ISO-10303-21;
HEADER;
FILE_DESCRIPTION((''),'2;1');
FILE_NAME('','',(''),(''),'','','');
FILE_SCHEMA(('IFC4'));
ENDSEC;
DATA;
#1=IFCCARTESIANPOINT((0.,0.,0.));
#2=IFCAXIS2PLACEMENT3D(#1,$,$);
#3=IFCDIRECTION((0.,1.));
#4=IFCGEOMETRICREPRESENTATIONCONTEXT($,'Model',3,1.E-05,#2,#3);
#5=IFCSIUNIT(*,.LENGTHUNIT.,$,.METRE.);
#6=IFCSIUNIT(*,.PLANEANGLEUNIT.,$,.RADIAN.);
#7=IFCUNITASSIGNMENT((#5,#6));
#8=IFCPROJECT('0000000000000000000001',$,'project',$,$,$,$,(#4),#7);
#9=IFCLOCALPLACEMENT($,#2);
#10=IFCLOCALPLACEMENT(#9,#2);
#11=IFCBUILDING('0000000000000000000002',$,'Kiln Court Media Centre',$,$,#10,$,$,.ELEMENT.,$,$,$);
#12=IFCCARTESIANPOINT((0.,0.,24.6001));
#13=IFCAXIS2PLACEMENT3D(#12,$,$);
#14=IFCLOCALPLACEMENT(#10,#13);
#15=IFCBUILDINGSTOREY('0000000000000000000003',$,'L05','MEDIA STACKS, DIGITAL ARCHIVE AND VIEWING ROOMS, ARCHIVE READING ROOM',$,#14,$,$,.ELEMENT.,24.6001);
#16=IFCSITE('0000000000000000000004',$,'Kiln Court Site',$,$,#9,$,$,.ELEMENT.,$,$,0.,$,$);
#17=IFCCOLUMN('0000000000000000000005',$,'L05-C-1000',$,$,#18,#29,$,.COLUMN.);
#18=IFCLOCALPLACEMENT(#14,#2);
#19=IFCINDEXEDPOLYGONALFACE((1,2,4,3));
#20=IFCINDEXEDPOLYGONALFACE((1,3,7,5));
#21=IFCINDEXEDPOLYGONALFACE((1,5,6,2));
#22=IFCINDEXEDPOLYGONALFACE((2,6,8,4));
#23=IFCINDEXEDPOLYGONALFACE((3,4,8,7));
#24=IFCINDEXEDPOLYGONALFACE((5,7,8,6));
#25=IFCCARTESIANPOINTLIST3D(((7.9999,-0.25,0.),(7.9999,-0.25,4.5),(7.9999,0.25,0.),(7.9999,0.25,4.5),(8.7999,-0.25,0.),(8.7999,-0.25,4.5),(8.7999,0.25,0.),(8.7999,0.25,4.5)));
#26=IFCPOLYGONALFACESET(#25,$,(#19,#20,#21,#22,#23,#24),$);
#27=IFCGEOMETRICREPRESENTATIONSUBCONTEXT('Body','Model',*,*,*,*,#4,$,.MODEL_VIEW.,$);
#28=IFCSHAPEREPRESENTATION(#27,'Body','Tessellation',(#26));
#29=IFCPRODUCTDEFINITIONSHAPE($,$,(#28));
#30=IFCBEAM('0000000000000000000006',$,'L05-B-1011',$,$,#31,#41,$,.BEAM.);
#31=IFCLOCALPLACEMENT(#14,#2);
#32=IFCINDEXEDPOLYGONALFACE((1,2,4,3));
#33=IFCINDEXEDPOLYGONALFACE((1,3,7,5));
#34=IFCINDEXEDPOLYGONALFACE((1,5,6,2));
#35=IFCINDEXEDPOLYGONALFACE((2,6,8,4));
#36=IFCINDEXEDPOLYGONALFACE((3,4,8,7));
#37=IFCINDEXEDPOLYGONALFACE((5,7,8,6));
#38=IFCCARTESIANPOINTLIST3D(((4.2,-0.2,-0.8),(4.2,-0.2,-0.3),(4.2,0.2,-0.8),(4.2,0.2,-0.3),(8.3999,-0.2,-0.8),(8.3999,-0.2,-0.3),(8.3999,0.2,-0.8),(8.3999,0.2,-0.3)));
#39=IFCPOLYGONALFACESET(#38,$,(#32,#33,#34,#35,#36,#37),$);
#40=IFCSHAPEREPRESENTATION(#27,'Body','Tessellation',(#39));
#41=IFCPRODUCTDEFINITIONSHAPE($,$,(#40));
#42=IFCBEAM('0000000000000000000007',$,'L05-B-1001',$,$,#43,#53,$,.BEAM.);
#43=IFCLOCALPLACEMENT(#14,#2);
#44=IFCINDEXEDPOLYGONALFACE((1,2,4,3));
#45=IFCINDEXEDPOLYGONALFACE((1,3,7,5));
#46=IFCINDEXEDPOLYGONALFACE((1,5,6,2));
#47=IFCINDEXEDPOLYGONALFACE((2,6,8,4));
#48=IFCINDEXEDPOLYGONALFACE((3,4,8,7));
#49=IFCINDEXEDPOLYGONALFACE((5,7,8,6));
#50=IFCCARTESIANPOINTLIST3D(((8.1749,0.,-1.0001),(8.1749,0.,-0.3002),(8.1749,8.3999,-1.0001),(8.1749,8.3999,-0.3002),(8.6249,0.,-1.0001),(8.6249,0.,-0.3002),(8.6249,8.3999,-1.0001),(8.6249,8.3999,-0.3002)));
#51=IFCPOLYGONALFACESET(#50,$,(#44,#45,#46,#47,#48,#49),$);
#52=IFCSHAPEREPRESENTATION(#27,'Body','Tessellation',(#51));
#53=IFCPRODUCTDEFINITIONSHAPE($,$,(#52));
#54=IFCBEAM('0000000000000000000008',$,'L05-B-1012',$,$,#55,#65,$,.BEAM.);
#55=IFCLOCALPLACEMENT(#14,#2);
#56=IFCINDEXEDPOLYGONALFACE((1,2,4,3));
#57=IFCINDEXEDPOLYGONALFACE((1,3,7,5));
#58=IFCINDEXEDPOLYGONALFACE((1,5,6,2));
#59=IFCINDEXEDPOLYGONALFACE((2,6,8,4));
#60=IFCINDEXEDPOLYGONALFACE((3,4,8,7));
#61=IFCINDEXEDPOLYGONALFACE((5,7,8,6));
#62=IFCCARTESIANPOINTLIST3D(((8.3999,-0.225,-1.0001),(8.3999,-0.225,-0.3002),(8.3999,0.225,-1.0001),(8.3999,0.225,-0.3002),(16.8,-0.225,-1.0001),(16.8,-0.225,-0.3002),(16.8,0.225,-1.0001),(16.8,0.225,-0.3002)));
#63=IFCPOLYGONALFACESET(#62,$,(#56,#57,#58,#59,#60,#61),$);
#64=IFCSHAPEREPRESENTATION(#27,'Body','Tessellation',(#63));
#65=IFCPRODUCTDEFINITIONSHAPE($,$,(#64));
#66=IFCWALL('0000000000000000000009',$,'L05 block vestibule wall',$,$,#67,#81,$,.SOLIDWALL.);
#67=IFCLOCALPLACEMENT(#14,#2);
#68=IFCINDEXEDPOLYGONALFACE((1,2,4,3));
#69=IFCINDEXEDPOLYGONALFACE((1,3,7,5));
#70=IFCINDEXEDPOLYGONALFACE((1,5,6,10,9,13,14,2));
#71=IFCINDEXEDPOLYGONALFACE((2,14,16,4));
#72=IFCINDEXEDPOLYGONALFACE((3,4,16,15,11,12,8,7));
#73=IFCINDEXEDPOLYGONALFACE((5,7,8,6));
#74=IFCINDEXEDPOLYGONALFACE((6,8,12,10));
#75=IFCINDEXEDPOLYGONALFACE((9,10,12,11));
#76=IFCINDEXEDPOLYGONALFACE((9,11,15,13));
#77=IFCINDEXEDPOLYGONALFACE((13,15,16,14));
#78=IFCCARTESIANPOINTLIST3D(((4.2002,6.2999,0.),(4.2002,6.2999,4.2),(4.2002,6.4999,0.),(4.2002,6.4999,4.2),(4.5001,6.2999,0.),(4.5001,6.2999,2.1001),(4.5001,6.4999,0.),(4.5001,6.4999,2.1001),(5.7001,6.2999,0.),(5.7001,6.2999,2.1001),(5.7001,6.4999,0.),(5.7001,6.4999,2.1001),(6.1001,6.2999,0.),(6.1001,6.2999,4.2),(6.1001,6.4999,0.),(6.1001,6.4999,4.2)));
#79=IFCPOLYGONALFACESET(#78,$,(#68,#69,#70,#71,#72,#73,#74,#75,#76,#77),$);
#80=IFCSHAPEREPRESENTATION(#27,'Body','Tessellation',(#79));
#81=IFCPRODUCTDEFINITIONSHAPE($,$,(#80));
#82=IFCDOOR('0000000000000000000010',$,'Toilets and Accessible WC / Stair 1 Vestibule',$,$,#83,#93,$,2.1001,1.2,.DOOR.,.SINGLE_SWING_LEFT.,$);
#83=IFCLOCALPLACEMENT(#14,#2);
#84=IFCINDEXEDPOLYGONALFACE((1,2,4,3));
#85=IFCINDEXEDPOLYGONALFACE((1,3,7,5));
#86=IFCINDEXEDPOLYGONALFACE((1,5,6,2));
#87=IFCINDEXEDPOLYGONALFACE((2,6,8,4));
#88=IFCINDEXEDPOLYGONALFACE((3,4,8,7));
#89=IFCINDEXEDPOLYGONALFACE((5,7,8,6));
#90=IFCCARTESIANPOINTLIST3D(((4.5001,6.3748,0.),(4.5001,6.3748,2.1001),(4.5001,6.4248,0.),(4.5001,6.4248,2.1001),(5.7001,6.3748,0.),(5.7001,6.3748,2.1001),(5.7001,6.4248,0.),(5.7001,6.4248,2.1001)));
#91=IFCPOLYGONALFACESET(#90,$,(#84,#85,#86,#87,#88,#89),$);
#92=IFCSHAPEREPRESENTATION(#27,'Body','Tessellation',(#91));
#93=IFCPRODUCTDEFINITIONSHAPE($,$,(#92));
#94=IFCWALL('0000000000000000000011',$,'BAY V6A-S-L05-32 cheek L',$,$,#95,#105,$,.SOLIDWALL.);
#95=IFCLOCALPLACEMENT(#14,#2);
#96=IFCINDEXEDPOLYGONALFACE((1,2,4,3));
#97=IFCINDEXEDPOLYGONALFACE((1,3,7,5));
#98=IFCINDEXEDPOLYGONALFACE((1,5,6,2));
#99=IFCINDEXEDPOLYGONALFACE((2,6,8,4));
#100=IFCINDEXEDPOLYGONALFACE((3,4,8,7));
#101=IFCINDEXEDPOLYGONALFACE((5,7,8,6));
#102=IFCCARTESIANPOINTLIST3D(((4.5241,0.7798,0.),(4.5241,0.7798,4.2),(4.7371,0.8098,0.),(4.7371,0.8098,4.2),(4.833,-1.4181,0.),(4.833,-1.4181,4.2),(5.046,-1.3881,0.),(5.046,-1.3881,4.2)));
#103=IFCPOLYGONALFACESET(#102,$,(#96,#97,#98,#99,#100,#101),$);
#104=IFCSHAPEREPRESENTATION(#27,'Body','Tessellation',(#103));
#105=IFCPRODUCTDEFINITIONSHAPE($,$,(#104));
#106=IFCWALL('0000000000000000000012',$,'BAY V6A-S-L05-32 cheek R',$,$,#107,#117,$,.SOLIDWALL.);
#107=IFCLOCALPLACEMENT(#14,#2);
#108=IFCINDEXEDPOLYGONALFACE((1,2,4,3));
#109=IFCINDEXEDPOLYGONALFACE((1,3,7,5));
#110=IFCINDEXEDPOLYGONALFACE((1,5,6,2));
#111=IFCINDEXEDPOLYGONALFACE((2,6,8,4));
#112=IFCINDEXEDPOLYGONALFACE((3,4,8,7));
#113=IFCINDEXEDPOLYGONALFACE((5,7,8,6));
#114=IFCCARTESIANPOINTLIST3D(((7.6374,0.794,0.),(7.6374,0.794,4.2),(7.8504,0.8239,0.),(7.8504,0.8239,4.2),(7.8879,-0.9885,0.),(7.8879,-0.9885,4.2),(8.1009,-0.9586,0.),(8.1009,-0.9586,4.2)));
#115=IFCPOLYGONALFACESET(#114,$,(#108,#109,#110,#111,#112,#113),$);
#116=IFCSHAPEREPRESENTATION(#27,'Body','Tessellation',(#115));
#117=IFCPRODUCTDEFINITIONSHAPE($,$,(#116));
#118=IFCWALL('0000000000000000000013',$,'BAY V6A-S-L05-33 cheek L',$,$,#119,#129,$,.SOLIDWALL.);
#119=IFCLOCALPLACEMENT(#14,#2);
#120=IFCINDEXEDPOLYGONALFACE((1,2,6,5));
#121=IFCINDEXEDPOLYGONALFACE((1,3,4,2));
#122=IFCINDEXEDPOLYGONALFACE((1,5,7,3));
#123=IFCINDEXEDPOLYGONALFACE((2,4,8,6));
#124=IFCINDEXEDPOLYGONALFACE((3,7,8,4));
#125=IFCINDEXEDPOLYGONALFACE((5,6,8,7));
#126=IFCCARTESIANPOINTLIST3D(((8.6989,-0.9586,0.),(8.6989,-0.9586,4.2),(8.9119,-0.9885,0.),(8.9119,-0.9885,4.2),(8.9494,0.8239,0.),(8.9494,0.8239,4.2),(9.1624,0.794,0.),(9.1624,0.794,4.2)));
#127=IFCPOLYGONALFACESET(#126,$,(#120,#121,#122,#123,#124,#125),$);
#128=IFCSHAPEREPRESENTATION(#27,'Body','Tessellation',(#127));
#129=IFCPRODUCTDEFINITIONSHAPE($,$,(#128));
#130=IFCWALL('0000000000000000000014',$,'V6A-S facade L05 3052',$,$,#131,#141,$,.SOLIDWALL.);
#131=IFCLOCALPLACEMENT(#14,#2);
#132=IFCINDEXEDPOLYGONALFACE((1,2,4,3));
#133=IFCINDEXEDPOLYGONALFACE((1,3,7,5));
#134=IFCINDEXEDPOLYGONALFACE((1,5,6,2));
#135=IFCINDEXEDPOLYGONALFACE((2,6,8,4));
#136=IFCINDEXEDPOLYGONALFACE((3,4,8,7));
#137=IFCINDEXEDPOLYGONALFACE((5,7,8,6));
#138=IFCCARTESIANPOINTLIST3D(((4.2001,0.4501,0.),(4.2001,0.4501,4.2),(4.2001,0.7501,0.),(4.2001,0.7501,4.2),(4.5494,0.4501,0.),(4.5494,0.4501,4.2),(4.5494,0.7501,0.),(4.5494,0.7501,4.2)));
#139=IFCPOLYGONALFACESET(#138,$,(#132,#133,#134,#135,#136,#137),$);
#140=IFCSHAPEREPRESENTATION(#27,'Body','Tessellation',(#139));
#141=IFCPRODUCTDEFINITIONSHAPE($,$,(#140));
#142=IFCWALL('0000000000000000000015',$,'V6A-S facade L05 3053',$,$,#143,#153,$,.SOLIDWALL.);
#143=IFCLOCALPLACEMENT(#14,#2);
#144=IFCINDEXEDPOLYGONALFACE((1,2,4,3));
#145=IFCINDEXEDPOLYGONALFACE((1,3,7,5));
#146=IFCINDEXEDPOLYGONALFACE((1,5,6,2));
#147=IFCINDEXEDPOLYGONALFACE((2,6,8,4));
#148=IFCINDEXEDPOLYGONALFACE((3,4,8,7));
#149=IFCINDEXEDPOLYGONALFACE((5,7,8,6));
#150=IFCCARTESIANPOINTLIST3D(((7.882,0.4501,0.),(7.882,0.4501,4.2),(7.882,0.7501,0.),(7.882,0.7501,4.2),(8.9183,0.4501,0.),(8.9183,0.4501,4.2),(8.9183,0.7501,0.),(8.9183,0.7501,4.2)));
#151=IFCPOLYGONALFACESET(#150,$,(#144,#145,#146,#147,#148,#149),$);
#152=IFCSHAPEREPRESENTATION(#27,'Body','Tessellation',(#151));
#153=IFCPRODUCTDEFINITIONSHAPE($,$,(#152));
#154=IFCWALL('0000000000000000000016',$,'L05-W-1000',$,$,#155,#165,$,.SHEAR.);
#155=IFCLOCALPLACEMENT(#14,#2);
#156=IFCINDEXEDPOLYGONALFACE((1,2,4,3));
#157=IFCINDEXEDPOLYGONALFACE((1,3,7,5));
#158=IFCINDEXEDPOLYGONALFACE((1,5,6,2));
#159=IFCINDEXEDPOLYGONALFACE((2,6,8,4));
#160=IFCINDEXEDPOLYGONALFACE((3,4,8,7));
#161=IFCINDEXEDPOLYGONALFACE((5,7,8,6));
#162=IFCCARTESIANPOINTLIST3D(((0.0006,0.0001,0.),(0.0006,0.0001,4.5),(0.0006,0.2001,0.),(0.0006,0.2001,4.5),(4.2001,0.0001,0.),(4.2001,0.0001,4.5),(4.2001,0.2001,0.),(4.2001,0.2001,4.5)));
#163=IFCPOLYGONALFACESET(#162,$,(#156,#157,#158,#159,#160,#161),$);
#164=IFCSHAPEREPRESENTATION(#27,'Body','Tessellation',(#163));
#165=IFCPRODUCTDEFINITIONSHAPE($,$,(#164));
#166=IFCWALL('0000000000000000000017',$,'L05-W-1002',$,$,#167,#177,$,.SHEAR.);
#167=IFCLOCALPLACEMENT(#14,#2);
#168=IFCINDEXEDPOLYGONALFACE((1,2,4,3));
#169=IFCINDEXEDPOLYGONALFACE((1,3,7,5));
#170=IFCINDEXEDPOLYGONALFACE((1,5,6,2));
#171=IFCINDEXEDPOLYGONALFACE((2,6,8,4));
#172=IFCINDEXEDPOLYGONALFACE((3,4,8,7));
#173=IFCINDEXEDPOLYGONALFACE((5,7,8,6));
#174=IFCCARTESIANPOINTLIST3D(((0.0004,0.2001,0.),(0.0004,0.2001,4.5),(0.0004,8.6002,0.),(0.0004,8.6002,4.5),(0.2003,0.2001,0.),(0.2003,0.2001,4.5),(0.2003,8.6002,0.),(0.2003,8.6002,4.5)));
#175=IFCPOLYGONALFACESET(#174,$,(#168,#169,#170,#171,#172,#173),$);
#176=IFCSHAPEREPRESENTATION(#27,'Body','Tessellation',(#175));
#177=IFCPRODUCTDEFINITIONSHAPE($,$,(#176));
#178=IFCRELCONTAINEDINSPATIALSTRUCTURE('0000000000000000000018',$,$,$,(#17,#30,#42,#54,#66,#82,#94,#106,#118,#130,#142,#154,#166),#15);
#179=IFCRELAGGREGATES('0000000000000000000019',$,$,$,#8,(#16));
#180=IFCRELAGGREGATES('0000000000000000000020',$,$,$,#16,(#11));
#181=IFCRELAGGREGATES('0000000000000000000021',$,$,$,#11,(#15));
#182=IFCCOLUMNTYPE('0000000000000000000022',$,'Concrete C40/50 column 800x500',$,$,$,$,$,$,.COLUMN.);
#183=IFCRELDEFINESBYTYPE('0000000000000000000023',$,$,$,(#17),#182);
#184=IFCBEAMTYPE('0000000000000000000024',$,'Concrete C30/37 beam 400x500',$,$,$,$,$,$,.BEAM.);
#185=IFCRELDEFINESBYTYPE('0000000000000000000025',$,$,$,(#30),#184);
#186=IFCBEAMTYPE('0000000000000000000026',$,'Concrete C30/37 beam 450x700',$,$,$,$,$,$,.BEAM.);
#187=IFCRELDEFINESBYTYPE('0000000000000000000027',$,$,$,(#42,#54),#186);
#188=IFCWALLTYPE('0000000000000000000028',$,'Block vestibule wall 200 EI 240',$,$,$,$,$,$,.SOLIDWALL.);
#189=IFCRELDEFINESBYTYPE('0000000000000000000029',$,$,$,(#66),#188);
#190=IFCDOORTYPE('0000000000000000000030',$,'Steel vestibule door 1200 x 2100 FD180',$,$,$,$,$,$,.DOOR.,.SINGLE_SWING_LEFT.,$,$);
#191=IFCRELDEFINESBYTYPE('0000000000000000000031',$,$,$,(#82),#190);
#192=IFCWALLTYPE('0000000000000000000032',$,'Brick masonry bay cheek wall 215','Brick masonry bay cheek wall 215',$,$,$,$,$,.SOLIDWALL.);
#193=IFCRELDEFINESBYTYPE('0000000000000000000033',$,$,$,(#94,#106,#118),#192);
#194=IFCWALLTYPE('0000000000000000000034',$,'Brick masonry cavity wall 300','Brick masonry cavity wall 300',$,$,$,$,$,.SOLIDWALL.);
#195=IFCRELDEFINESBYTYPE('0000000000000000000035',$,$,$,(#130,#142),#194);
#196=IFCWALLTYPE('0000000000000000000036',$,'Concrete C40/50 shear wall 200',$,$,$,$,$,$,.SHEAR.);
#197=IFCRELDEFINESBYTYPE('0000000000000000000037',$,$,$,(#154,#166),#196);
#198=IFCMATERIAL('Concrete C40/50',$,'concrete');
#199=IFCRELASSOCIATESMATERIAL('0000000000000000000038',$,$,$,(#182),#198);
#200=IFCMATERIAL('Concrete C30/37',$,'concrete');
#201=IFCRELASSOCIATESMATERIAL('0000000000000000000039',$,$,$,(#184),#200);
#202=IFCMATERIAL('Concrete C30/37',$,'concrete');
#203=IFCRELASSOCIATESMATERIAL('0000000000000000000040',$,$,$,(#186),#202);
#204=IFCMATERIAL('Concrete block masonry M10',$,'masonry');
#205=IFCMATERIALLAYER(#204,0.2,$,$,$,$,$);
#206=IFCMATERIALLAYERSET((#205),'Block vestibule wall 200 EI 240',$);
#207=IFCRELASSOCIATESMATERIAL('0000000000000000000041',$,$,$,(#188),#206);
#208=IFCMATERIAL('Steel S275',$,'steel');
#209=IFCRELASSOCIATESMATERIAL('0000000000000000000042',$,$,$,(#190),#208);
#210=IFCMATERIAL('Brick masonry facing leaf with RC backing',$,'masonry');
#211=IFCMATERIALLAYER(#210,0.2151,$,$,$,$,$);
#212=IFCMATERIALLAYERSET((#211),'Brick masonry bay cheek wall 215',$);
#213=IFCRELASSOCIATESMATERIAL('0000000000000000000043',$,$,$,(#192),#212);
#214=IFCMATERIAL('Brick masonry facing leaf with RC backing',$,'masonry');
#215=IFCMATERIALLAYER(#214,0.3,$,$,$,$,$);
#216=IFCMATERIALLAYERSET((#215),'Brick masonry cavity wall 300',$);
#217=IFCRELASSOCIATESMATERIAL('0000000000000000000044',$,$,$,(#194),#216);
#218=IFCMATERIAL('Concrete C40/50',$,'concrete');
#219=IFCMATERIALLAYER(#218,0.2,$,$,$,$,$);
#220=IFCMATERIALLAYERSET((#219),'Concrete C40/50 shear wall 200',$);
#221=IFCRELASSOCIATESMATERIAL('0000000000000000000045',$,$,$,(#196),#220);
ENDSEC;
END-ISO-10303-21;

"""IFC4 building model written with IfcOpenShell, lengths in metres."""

from ifc_helpers import new_model, si_unit, direction, frame, frame_2d, origin, origin_2d, place, context, subcontext, project, spatial, rectangle, extrude, material, layer, layer_set, material_profile, profile_set, type_object, element, fill, save


model = new_model("IFC4")

# Units and contexts
model_context = context("Model", 3, precision=1e-05, world=origin(), true_north=direction((0.0, 1.0)))
body_context = subcontext(model_context, "Body", "Model", "MODEL_VIEW")
ifc_project = project(units=[si_unit("LENGTHUNIT", "METRE"), si_unit("PLANEANGLEUNIT", "RADIAN")], contexts=[model_context])

# Site, building, storey
site_placement = place(None, origin())
site = spatial("IfcSite", under=ifc_project, at=site_placement, Name="Kiln Court Site", CompositionType="ELEMENT", RefElevation=0.0)
building_placement = place(site_placement, origin())
building = spatial("IfcBuilding", under=site, at=building_placement, Name="Kiln Court Media Centre", CompositionType="ELEMENT")
storey_placement = place(building_placement, frame((0.0, 0.0, 24.6001)))
storey = spatial("IfcBuildingStorey", under=building, at=storey_placement, Name="L05", Description="MEDIA STACKS, DIGITAL ARCHIVE AND VIEWING ROOMS, ARCHIVE READING ROOM", CompositionType="ELEMENT", Elevation=24.6001)

# Column
ifc_material_1 = material(Name="Concrete C40/50", Category="concrete")
ifc_material_profile_1 = material_profile(ifc_material_1, rectangle(XDim=0.8, YDim=0.5, at=origin_2d()), Name="RC 800x500")
ifc_profile_set_1 = profile_set([ifc_material_profile_1], Name="Concrete C40/50")
column_type = type_object("IfcColumnType", Name="Concrete C40/50 column 800x500", PredefinedType="COLUMN", material=ifc_profile_set_1)
column_placement = place(storey_placement, frame((8.3999, 0.0, 0.0), z_axis=(0.0, 0.0, 1.0), x_axis=(1.0, 0.0, 0.0)))
element("IfcColumn", 1, at=column_placement, inside=storey, type_object=column_type, Name="L05-C-1000", PredefinedType="COLUMN", context=body_context, shape_type="SweptSolid", body=[
    extrude(rectangle(XDim=0.8, YDim=0.5, at=origin_2d()), origin(), (0.0, 0.0, 1.0), 4.5),
])

# Beams
ifc_material_2 = material(Name="Concrete C30/37", Category="concrete")
ifc_material_profile_2 = material_profile(ifc_material_2, rectangle(XDim=0.3999, YDim=0.5, at=origin_2d()), Name="RC 400x500")
ifc_profile_set_2 = profile_set([ifc_material_profile_2], Name="Concrete C30/37")
beam_type_1 = type_object("IfcBeamType", Name="Concrete C30/37 beam 400x500", PredefinedType="BEAM", material=ifc_profile_set_2)
beam_1_placement = place(storey_placement, frame((4.2, 0.0, -0.55), z_axis=(1.0, 0.0, 0.0), x_axis=(0.0, 1.0, 0.0)))
element("IfcBeam", 2, at=beam_1_placement, inside=storey, type_object=beam_type_1, Name="L05-B-1011", PredefinedType="BEAM", context=body_context, shape_type="SweptSolid", body=[
    extrude(rectangle(XDim=0.3999, YDim=0.5, at=origin_2d()), origin(), (0.0, 0.0, 1.0), 4.2),
])
ifc_material_3 = material(Name="Concrete C30/37", Category="concrete")
ifc_material_profile_3 = material_profile(ifc_material_3, rectangle(XDim=0.45, YDim=0.7, at=origin_2d()), Name="RC 450x700")
ifc_profile_set_3 = profile_set([ifc_material_profile_3], Name="Concrete C30/37")
beam_type_2 = type_object("IfcBeamType", Name="Concrete C30/37 beam 450x700", PredefinedType="BEAM", material=ifc_profile_set_3)
beam_2_placement = place(storey_placement, frame((8.3999, 0.0, -0.6501), z_axis=(0.0, 1.0, 0.0), x_axis=(-1.0, 0.0, 0.0)))
element("IfcBeam", 3, at=beam_2_placement, inside=storey, type_object=beam_type_2, Name="L05-B-1001", PredefinedType="BEAM", context=body_context, shape_type="SweptSolid", body=[
    extrude(rectangle(XDim=0.45, YDim=0.7, at=origin_2d()), origin(), (0.0, 0.0, 1.0), 8.3999),
])
beam_3_placement = place(storey_placement, frame((8.3999, 0.0, -0.6501), z_axis=(1.0, 0.0, 0.0), x_axis=(0.0, 1.0, 0.0)))
element("IfcBeam", 4, at=beam_3_placement, inside=storey, type_object=beam_type_2, Name="L05-B-1012", PredefinedType="BEAM", context=body_context, shape_type="SweptSolid", body=[
    extrude(rectangle(XDim=0.45, YDim=0.7, at=origin_2d()), origin(), (0.0, 0.0, 1.0), 8.4001),
])

# Wall, opening, door
ifc_material_4 = material(Name="Concrete block masonry M10", Category="masonry")
ifc_layer_1 = layer(ifc_material_4, 0.2)
ifc_layer_set_1 = layer_set([ifc_layer_1], Name="Block vestibule wall 200 EI 240")
wall_type_1 = type_object("IfcWallType", Name="Block vestibule wall 200 EI 240", PredefinedType="SOLIDWALL", material=ifc_layer_set_1)
wall_1_placement = place(storey_placement, frame((4.2002, 6.3999, 0.0), z_axis=(0.0, 0.0, 1.0), x_axis=(1.0, 0.0, 0.0)))
wall_1 = element("IfcWall", 5, at=wall_1_placement, inside=storey, type_object=wall_type_1, Name="L05 block vestibule wall", PredefinedType="SOLIDWALL", context=body_context, shape_type="SweptSolid", body=[
    extrude(rectangle(XDim=1.8999, YDim=0.2, at=frame_2d((0.95, 0.0))), origin(), (0.0, 0.0, 1.0), 4.2),
])
opening_placement = place(wall_1_placement, frame((0.2998, 0.0, 0.0)))
opening = element("IfcOpeningElement", 6, at=opening_placement, cuts=wall_1, PredefinedType="OPENING", context=body_context, shape_type="SweptSolid", body=[
    extrude(rectangle(XDim=1.2, YDim=2.1001, at=frame_2d((0.6001, 1.05))), frame((0.0, 0.1099, 0.0), z_axis=(0.0, -1.0, 0.0), x_axis=(1.0, 0.0, 0.0)), (0.0, 0.0, 1.0), 0.22),
])
ifc_material_5 = material(Name="Steel S275", Category="steel")
door_type = type_object("IfcDoorType", Name="Steel vestibule door 1200 x 2100 FD180", OperationType="SINGLE_SWING_LEFT", PredefinedType="DOOR", material=ifc_material_5)
door_placement = place(opening_placement, origin())
door = element("IfcDoor", 7, at=door_placement, inside=storey, type_object=door_type, Name="Toilets and Accessible WC / Stair 1 Vestibule", OperationType="SINGLE_SWING_LEFT", OverallHeight=2.1001, OverallWidth=1.2, PredefinedType="DOOR", context=body_context, shape_type="SweptSolid", body=[
    extrude(rectangle(XDim=1.2, YDim=2.1001, at=frame_2d((0.6001, 1.05))), frame((0.0, 0.0249, 0.0), z_axis=(0.0, -1.0, 0.0), x_axis=(1.0, 0.0, 0.0)), (0.0, 0.0, 1.0), 0.05),
])
fill(opening, door)

# Walls
ifc_material_6 = material(Name="Brick masonry facing leaf with RC backing", Category="masonry")
ifc_layer_2 = layer(ifc_material_6, 0.2151)
ifc_layer_set_2 = layer_set([ifc_layer_2], Name="Brick masonry bay cheek wall 215")
wall_type_2 = type_object("IfcWallType", Name="Brick masonry bay cheek wall 215", Description="Brick masonry bay cheek wall 215", PredefinedType="SOLIDWALL", material=ifc_layer_set_2)
wall_2_placement = place(storey_placement, frame((4.6306, 0.7949, 0.0), z_axis=(0.0, 0.0, 1.0), x_axis=(0.139142, -0.990272, 0.0)))
element("IfcWall", 8, at=wall_2_placement, inside=storey, type_object=wall_type_2, Name="BAY V6A-S-L05-32 cheek L", PredefinedType="SOLIDWALL", context=body_context, shape_type="SweptSolid", body=[
    extrude(rectangle(XDim=2.2195, YDim=0.2151, at=frame_2d((1.1099, 0.0))), origin(), (0.0, 0.0, 1.0), 4.2),
])
for number, where, z_axis, x_axis, name in (
    (9, (7.7439, 0.8088, 0.0), (0.0, 0.0, 1.0), (0.139161, -0.99027, 0.0), "BAY V6A-S-L05-32 cheek R"),
    (10, (9.0559, 0.8088, 0.0), (0.0, 0.0, 1.0), (-0.139161, -0.99027, 0.0), "BAY V6A-S-L05-33 cheek L"),
):
    element("IfcWall", number, at=place(storey_placement, frame(where, z_axis=z_axis, x_axis=x_axis)), inside=storey, type_object=wall_type_2, Name=name, PredefinedType="SOLIDWALL", context=body_context, shape_type="SweptSolid", body=[
        extrude(rectangle(XDim=1.8, YDim=0.2151, at=frame_2d((0.8999, 0.0))), origin(), (0.0, 0.0, 1.0), 4.2),
    ])
ifc_material_7 = material(Name="Brick masonry facing leaf with RC backing", Category="masonry")
ifc_layer_3 = layer(ifc_material_7, 0.3)
ifc_layer_set_3 = layer_set([ifc_layer_3], Name="Brick masonry cavity wall 300")
wall_type_3 = type_object("IfcWallType", Name="Brick masonry cavity wall 300", Description="Brick masonry cavity wall 300", PredefinedType="SOLIDWALL", material=ifc_layer_set_3)
wall_3_placement = place(storey_placement, frame((4.5496, 0.6001, 0.0), z_axis=(0.0, 0.0, 1.0), x_axis=(-1.0, 0.0, 0.0)))
element("IfcWall", 11, at=wall_3_placement, inside=storey, type_object=wall_type_3, Name="V6A-S facade L05 3052", PredefinedType="SOLIDWALL", context=body_context, shape_type="SweptSolid", body=[
    extrude(rectangle(XDim=0.3494, YDim=0.3, at=frame_2d((0.1748, 0.0))), origin(), (0.0, 0.0, 1.0), 4.2),
])
wall_4_placement = place(storey_placement, frame((8.9182, 0.6001, 0.0), z_axis=(0.0, 0.0, 1.0), x_axis=(-1.0, 0.0, 0.0)))
element("IfcWall", 12, at=wall_4_placement, inside=storey, type_object=wall_type_3, Name="V6A-S facade L05 3053", PredefinedType="SOLIDWALL", context=body_context, shape_type="SweptSolid", body=[
    extrude(rectangle(XDim=1.0364, YDim=0.3, at=frame_2d((0.5181, 0.0))), origin(), (0.0, 0.0, 1.0), 4.2),
])
ifc_material_8 = material(Name="Concrete C40/50", Category="concrete")
ifc_layer_4 = layer(ifc_material_8, 0.2)
ifc_layer_set_4 = layer_set([ifc_layer_4], Name="Concrete C40/50 shear wall 200")
wall_type_4 = type_object("IfcWallType", Name="Concrete C40/50 shear wall 200", PredefinedType="SHEAR", material=ifc_layer_set_4)
wall_5_placement = place(storey_placement, frame((4.2, 0.1001, 0.0), z_axis=(0.0, 0.0, 1.0), x_axis=(-1.0, 0.0, 0.0)))
element("IfcWall", 13, at=wall_5_placement, inside=storey, type_object=wall_type_4, Name="L05-W-1000", PredefinedType="SHEAR", context=body_context, shape_type="SweptSolid", body=[
    extrude(rectangle(XDim=4.1995, YDim=0.2, at=frame_2d((2.0996, 0.0))), origin(), (0.0, 0.0, 1.0), 4.5),
])
wall_6_placement = place(storey_placement, frame((0.1003, 0.2, 0.0), z_axis=(0.0, 0.0, 1.0), x_axis=(0.0, 1.0, 0.0)))
element("IfcWall", 14, at=wall_6_placement, inside=storey, type_object=wall_type_4, Name="L05-W-1002", PredefinedType="SHEAR", context=body_context, shape_type="SweptSolid", body=[
    extrude(rectangle(XDim=8.4001, YDim=0.2, at=frame_2d((4.2002, 0.0))), origin(), (0.0, 0.0, 1.0), 4.5),
])

save(model, "model.ifc")
